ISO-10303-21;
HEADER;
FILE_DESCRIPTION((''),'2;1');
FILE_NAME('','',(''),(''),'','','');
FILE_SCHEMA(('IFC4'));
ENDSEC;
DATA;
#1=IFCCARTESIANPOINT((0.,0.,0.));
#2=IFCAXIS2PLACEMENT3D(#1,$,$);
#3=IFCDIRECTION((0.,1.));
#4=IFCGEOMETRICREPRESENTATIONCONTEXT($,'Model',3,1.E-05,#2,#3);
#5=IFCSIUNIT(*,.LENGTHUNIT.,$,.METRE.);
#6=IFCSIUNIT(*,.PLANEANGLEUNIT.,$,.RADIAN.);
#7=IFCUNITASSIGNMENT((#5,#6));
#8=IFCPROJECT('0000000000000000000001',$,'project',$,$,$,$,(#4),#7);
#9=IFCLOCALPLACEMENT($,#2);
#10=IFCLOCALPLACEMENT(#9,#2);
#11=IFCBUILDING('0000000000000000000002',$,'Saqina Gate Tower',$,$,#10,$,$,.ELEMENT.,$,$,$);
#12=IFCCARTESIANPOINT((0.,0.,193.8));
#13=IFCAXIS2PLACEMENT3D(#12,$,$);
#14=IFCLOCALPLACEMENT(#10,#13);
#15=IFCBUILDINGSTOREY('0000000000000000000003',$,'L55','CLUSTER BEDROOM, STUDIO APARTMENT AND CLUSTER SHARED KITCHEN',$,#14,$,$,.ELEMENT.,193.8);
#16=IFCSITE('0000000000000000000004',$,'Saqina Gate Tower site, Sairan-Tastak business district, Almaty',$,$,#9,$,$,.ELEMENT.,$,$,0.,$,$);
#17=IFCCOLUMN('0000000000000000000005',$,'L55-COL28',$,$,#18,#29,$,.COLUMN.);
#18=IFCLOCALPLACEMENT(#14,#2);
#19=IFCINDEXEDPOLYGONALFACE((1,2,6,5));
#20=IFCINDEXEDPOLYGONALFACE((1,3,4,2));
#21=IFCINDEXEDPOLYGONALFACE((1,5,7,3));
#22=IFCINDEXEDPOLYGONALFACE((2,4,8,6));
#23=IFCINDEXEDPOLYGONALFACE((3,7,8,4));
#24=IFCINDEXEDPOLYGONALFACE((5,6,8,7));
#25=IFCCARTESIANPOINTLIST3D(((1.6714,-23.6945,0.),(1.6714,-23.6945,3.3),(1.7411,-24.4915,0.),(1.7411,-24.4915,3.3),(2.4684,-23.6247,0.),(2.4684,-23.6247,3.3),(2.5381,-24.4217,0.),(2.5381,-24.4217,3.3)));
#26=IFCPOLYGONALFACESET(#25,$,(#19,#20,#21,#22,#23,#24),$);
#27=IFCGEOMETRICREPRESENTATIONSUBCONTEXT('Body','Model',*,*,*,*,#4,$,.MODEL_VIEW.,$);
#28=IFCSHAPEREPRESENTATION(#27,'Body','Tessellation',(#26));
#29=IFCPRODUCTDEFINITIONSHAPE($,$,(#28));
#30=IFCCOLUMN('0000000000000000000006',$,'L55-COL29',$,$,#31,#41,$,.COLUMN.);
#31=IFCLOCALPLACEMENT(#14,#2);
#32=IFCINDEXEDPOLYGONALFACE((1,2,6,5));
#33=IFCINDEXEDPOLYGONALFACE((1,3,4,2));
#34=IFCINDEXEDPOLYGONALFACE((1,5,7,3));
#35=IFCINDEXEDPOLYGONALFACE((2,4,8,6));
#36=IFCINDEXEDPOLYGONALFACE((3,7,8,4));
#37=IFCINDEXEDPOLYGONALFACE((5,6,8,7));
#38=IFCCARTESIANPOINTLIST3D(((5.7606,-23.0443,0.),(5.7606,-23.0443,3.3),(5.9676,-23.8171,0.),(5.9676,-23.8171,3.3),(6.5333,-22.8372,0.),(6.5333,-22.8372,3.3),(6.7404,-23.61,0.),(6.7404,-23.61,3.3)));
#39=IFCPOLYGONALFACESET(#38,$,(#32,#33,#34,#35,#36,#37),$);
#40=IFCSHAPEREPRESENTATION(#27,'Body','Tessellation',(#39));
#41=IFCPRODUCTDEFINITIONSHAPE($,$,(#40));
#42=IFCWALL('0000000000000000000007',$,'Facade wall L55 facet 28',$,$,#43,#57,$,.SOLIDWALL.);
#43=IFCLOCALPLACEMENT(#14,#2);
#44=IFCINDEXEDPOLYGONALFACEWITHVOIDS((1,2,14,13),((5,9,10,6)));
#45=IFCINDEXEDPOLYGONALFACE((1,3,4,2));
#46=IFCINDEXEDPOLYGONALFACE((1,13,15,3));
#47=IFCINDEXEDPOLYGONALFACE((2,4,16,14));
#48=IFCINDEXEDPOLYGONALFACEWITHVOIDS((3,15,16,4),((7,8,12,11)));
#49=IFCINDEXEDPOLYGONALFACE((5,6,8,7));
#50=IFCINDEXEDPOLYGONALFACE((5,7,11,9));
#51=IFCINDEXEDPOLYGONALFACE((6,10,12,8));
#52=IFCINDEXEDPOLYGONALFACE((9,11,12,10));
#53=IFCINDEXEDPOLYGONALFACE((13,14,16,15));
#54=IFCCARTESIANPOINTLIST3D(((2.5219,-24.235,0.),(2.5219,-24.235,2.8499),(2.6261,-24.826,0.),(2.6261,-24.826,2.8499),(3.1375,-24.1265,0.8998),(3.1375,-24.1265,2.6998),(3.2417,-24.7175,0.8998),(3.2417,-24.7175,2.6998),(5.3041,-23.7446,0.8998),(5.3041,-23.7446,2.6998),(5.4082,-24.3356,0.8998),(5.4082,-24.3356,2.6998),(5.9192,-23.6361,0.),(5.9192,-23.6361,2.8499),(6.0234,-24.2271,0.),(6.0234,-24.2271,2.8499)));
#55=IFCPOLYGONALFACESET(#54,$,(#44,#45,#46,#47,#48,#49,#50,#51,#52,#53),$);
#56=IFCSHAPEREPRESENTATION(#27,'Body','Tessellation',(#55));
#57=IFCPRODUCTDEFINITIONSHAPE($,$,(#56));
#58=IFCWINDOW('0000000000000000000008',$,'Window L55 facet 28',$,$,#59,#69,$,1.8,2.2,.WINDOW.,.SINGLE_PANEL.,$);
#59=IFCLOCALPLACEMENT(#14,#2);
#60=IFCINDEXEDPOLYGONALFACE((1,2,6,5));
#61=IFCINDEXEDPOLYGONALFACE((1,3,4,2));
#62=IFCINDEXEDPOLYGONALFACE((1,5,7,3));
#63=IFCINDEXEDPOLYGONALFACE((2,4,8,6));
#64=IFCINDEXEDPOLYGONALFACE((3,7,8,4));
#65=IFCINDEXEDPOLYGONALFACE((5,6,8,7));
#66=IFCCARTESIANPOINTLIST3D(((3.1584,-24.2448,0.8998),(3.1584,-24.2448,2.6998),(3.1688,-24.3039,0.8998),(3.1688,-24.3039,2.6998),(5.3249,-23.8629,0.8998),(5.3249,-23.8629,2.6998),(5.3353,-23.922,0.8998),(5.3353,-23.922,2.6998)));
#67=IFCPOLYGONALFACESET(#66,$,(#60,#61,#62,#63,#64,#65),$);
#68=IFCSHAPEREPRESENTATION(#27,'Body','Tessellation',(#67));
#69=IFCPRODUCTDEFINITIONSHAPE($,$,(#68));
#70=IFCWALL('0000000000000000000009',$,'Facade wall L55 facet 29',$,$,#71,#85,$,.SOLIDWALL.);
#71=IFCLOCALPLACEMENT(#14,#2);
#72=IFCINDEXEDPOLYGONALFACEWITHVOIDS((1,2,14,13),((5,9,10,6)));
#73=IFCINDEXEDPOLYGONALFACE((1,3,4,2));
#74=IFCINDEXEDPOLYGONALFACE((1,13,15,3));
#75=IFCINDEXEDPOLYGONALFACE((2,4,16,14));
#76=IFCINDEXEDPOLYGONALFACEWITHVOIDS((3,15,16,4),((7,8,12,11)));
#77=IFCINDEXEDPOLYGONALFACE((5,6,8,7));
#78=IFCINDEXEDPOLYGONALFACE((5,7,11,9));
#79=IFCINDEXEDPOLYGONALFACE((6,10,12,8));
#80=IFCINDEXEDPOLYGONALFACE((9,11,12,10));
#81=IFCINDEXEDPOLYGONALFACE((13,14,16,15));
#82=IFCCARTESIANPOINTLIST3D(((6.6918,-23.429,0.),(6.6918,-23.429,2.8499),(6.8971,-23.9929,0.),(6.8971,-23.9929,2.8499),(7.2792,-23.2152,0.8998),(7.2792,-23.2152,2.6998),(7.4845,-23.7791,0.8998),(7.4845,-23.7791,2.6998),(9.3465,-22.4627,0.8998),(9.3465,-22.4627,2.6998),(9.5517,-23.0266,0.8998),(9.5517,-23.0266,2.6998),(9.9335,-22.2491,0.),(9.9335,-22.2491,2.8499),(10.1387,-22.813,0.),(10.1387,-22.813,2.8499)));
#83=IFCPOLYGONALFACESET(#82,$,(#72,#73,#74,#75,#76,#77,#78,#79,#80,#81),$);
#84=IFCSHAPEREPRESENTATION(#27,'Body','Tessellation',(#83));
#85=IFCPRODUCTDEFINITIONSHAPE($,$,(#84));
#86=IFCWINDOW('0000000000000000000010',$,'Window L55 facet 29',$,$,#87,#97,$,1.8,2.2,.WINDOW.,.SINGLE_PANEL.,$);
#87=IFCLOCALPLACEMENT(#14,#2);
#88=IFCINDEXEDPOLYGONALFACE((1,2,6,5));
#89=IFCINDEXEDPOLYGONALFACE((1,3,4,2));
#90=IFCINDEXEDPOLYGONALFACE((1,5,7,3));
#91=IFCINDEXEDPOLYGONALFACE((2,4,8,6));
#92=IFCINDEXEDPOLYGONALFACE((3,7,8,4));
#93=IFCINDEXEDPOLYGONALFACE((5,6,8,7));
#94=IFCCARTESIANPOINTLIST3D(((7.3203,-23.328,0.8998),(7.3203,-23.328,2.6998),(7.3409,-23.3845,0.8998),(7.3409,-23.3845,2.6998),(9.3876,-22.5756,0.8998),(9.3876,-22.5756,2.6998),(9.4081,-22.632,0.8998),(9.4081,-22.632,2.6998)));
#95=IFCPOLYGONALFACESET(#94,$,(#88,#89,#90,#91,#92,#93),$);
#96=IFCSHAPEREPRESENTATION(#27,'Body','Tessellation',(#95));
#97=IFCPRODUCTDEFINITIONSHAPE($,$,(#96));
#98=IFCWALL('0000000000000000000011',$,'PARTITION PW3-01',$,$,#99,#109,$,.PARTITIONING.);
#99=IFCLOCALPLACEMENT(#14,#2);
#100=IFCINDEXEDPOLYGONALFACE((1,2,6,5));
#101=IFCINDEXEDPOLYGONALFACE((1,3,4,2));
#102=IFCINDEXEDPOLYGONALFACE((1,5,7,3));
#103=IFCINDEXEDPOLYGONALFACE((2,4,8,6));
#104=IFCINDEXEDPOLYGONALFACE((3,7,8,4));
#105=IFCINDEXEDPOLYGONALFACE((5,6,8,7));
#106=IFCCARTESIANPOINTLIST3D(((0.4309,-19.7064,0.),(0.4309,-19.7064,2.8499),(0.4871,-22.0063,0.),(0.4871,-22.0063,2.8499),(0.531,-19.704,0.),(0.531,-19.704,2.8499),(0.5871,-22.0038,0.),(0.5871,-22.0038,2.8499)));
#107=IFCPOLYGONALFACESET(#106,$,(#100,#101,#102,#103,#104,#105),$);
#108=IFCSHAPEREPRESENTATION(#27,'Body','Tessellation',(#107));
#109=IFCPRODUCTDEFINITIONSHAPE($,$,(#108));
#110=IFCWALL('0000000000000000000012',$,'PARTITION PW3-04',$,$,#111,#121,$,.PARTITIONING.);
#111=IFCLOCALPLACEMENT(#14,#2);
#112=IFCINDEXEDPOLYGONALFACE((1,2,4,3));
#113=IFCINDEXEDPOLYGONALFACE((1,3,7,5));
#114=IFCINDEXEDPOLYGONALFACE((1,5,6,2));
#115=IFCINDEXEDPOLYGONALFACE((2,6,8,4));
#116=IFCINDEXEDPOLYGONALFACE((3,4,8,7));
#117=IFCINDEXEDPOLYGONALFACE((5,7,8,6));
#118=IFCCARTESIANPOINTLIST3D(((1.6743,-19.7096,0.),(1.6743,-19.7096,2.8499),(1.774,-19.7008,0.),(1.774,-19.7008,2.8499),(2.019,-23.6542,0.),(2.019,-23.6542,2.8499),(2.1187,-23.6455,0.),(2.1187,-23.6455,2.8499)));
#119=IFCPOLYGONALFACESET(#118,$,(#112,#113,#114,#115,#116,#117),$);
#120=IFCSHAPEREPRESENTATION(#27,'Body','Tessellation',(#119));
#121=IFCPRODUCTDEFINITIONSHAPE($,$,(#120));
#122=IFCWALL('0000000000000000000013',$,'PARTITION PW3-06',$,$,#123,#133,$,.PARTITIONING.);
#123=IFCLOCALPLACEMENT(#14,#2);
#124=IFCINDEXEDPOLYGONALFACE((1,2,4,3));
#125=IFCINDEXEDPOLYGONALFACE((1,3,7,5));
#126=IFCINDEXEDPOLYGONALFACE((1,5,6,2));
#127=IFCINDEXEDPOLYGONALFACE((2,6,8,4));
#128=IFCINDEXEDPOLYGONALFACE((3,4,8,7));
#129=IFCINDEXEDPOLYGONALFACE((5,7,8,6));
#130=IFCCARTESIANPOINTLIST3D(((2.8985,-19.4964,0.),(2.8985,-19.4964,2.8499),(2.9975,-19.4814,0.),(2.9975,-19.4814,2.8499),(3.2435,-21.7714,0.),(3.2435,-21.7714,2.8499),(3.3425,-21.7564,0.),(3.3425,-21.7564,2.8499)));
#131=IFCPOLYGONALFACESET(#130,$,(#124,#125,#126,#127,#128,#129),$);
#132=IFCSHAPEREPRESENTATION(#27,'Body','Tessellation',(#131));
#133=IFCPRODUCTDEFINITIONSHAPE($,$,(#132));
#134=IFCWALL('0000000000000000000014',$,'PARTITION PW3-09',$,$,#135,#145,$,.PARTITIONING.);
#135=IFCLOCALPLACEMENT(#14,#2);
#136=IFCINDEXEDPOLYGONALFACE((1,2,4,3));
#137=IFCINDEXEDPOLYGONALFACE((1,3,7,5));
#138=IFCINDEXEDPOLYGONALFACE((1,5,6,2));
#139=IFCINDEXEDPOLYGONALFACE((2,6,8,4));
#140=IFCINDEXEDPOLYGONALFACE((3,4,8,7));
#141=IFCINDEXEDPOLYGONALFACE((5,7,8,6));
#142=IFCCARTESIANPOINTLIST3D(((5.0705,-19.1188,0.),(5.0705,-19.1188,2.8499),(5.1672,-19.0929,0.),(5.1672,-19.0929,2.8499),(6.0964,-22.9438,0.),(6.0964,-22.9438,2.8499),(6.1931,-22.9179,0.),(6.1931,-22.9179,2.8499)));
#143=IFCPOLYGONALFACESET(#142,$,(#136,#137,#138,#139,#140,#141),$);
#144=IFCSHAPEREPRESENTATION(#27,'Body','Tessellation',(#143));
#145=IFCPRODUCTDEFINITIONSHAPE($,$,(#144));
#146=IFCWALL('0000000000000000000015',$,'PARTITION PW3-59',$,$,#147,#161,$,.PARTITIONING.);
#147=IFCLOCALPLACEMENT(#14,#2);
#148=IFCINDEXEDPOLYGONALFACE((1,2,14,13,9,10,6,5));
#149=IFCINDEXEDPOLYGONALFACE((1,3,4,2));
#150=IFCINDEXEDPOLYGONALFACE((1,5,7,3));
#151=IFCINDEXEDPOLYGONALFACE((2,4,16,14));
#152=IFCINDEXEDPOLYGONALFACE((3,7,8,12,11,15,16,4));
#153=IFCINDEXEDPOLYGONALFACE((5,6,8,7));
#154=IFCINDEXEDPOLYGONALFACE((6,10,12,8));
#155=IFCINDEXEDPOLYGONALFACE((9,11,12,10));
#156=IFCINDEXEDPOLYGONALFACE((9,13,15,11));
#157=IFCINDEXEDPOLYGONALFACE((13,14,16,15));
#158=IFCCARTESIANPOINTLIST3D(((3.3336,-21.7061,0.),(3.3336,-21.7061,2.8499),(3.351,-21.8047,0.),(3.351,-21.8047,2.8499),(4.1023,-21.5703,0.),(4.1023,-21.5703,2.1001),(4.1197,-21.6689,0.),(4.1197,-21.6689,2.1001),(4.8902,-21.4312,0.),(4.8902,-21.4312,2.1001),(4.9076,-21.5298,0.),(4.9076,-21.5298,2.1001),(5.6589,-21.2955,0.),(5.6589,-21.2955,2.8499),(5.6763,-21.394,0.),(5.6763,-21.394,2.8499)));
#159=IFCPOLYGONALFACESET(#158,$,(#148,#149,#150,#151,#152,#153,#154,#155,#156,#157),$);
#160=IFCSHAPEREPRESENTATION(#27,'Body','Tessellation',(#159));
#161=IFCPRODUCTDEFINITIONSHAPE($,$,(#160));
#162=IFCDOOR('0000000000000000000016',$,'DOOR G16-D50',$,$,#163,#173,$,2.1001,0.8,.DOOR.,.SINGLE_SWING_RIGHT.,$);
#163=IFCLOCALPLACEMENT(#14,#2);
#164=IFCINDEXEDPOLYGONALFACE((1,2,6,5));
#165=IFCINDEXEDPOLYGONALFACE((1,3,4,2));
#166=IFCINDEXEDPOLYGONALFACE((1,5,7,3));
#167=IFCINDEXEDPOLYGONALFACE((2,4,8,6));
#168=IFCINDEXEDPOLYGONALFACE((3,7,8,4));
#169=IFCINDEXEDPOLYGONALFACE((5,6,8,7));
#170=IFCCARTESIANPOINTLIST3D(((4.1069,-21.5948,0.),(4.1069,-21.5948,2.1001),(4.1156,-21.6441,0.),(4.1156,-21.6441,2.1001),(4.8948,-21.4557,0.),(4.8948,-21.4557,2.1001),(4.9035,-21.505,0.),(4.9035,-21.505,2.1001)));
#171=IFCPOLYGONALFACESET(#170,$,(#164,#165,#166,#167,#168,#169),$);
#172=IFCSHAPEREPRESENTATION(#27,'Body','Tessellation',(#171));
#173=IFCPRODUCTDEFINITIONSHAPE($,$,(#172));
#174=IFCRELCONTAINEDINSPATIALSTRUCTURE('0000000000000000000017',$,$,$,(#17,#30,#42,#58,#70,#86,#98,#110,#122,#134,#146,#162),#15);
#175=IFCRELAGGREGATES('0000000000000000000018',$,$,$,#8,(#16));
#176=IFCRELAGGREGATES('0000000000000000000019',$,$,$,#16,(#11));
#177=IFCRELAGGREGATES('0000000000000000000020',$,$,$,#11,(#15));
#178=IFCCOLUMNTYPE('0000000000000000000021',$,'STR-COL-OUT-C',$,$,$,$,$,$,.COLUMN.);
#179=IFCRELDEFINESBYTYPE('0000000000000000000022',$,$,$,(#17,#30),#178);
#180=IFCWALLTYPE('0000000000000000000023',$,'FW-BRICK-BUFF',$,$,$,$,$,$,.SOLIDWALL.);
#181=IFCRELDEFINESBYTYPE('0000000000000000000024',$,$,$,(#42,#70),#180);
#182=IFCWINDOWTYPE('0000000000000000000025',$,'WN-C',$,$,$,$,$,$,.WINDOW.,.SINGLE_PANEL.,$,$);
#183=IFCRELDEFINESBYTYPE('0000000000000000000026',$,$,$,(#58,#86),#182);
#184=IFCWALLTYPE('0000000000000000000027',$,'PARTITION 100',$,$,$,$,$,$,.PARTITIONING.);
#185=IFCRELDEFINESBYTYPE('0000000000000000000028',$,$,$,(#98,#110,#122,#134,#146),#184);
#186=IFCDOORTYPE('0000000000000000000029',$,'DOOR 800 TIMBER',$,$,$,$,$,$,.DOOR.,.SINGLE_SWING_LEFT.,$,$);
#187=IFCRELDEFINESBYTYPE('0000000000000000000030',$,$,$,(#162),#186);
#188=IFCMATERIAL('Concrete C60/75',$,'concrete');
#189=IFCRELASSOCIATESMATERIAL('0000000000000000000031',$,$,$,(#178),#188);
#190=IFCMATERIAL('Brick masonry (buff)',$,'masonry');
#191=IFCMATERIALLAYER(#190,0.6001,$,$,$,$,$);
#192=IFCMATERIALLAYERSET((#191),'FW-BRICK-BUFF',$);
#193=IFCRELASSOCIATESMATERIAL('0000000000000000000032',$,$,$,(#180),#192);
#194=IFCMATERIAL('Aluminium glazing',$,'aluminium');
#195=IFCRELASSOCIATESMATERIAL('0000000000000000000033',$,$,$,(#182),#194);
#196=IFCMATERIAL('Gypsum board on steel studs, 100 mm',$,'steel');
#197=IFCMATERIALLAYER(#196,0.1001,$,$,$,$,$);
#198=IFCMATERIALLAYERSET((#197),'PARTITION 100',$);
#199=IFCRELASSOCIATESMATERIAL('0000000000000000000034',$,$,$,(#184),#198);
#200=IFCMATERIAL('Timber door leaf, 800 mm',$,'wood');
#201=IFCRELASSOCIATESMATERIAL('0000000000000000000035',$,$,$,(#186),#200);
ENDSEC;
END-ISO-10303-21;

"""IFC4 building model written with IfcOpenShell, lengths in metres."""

from ifc_helpers import new_model, si_unit, direction, frame, frame_2d, origin, origin_2d, place, context, subcontext, project, spatial, rectangle, extrude, material, layer, layer_set, material_profile, profile_set, type_object, element, fill, save


model = new_model("IFC4")

# Units and contexts
model_context = context("Model", 3, precision=1e-05, world=origin(), true_north=direction((0.0, 1.0)))
body_context = subcontext(model_context, "Body", "Model", "MODEL_VIEW")
ifc_project = project(units=[si_unit("LENGTHUNIT", "METRE"), si_unit("PLANEANGLEUNIT", "RADIAN")], contexts=[model_context])

# Site, building, storey
site_placement = place(None, origin())
site = spatial("IfcSite", under=ifc_project, at=site_placement, Name="Saqina Gate Tower site, Sairan-Tastak business district, Almaty", CompositionType="ELEMENT", RefElevation=0.0)
building_placement = place(site_placement, origin())
building = spatial("IfcBuilding", under=site, at=building_placement, Name="Saqina Gate Tower", CompositionType="ELEMENT")
storey_placement = place(building_placement, frame((0.0, 0.0, 193.8)))
storey = spatial("IfcBuildingStorey", under=building, at=storey_placement, Name="L55", Description="CLUSTER BEDROOM, STUDIO APARTMENT AND CLUSTER SHARED KITCHEN", CompositionType="ELEMENT", Elevation=193.8)

# Columns
ifc_material_1 = material(Name="Concrete C60/75", Category="concrete")
ifc_material_profile = material_profile(ifc_material_1, rectangle(XDim=0.8, YDim=0.8, at=origin_2d()), Name="RC 800x800")
ifc_profile_set = profile_set([ifc_material_profile], Name="Concrete C60/75")
column_type = type_object("IfcColumnType", Name="STR-COL-OUT-C", PredefinedType="COLUMN", material=ifc_profile_set)
for number, where, z_axis, x_axis, name in (
    (1, (2.1047, -24.0581, 0.0), (0.0, 0.0, 1.0), (0.087156, -0.996195, 0.0), "L55-COL28"),
    (2, (6.2505, -23.3271, 0.0), (0.0, 0.0, 1.0), (0.258819, -0.965926, 0.0), "L55-COL29"),
):
    element("IfcColumn", number, at=place(storey_placement, frame(where, z_axis=z_axis, x_axis=x_axis)), inside=storey, type_object=column_type, Name=name, PredefinedType="COLUMN", context=body_context, shape_type="SweptSolid", body=[
        extrude(rectangle(XDim=0.8, YDim=0.8, at=origin_2d()), origin(), (0.0, 0.0, 1.0), 3.3),
    ])

# Walls, openings, windows
ifc_material_2 = material(Name="Brick masonry (buff)", Category="masonry")
ifc_layer_1 = layer(ifc_material_2, 0.6001)
ifc_layer_set_1 = layer_set([ifc_layer_1], Name="FW-BRICK-BUFF")
wall_type_1 = type_object("IfcWallType", Name="FW-BRICK-BUFF", PredefinedType="SOLIDWALL", material=ifc_layer_set_1)
wall_1_placement = place(storey_placement, frame((2.574, -24.5305, 0.0), z_axis=(0.0, 0.0, 1.0), x_axis=(0.984815, 0.173608, 0.0)))
wall_1 = element("IfcWall", 3, at=wall_1_placement, inside=storey, type_object=wall_type_1, Name="Facade wall L55 facet 28", PredefinedType="SOLIDWALL", context=body_context, shape_type="SweptSolid", body=[
    extrude(rectangle(XDim=3.4497, YDim=0.6001, at=frame_2d((1.7249, 0.0))), origin(), (0.0, 0.0, 1.0), 2.8499),
])
opening_1_placement = place(wall_1_placement, frame((0.625, 0.0, 0.8999)))
opening_1 = element("IfcOpeningElement", 4, at=opening_1_placement, cuts=wall_1, PredefinedType="OPENING", context=body_context, shape_type="SweptSolid", body=[
    extrude(rectangle(XDim=2.2, YDim=1.8, at=frame_2d((1.1001, 0.8999))), frame((0.0, 0.312, 0.0), z_axis=(0.0, -1.0, 0.0), x_axis=(1.0, 0.0, 0.0)), (0.0, 0.0, 1.0), 0.624),
])
ifc_material_3 = material(Name="Aluminium glazing", Category="aluminium")
window_type = type_object("IfcWindowType", Name="WN-C", PartitioningType="SINGLE_PANEL", PredefinedType="WINDOW", material=ifc_material_3)
window_1_placement = place(opening_1_placement, origin())
window_1 = element("IfcWindow", 5, at=window_1_placement, inside=storey, type_object=window_type, Name="Window L55 facet 28", OverallHeight=1.8, OverallWidth=2.2, PartitioningType="SINGLE_PANEL", PredefinedType="WINDOW", context=body_context, shape_type="SweptSolid", body=[
    extrude(rectangle(XDim=2.2, YDim=1.8, at=frame_2d((1.1001, 0.8999))), frame((0.0, 0.1799, 0.0), z_axis=(0.0, -1.0, 0.0), x_axis=(1.0, 0.0, 0.0)), (0.0, 0.0, 1.0), 0.0601),
])
fill(opening_1, window_1)
wall_2_placement = place(storey_placement, frame((6.7944, -23.7109, 0.0), z_axis=(0.0, 0.0, 1.0), x_axis=(0.939688, 0.342033, 0.0)))
wall_2 = element("IfcWall", 6, at=wall_2_placement, inside=storey, type_object=wall_type_1, Name="Facade wall L55 facet 29", PredefinedType="SOLIDWALL", context=body_context, shape_type="SweptSolid", body=[
    extrude(rectangle(XDim=3.4497, YDim=0.6001, at=frame_2d((1.7249, 0.0))), origin(), (0.0, 0.0, 1.0), 2.8499),
])
opening_2_placement = place(wall_2_placement, frame((0.625, 0.0, 0.8999)))
opening_2 = element("IfcOpeningElement", 7, at=opening_2_placement, cuts=wall_2, PredefinedType="OPENING", context=body_context, shape_type="SweptSolid", body=[
    extrude(rectangle(XDim=2.2, YDim=1.8, at=frame_2d((1.1001, 0.8999))), frame((0.0, 0.312, 0.0), z_axis=(0.0, -1.0, 0.0), x_axis=(1.0, 0.0, 0.0)), (0.0, 0.0, 1.0), 0.624),
])
window_2_placement = place(opening_2_placement, origin())
window_2 = element("IfcWindow", 8, at=window_2_placement, inside=storey, type_object=window_type, Name="Window L55 facet 29", OverallHeight=1.8, OverallWidth=2.2, PartitioningType="SINGLE_PANEL", PredefinedType="WINDOW", context=body_context, shape_type="SweptSolid", body=[
    extrude(rectangle(XDim=2.2, YDim=1.8, at=frame_2d((1.1001, 0.8999))), frame((0.0, 0.1799, 0.0), z_axis=(0.0, -1.0, 0.0), x_axis=(1.0, 0.0, 0.0)), (0.0, 0.0, 1.0), 0.0601),
])
fill(opening_2, window_2)

# Walls
ifc_material_4 = material(Name="Gypsum board on steel studs, 100 mm", Category="steel")
ifc_layer_2 = layer(ifc_material_4, 0.1001)
ifc_layer_set_2 = layer_set([ifc_layer_2], Name="PARTITION 100")
wall_type_2 = type_object("IfcWallType", Name="PARTITION 100", PredefinedType="PARTITIONING", material=ifc_layer_set_2)
wall_3_placement = place(storey_placement, frame((0.481, -19.7051, 0.0), z_axis=(0.0, 0.0, 1.0), x_axis=(0.024409, -0.999702, 0.0)))
element("IfcWall", 9, at=wall_3_placement, inside=storey, type_object=wall_type_2, Name="PARTITION PW3-01", PredefinedType="PARTITIONING", context=body_context, shape_type="SweptSolid", body=[
    extrude(rectangle(XDim=2.3005, YDim=0.1001, at=frame_2d((1.1504, 0.0))), origin(), (0.0, 0.0, 1.0), 2.8499),
])
wall_4_placement = place(storey_placement, frame((1.7241, -19.7051, 0.0), z_axis=(0.0, 0.0, 1.0), x_axis=(0.087061, -0.996203, 0.0)))
element("IfcWall", 10, at=wall_4_placement, inside=storey, type_object=wall_type_2, Name="PARTITION PW3-04", PredefinedType="PARTITIONING", context=body_context, shape_type="SweptSolid", body=[
    extrude(rectangle(XDim=3.9597, YDim=0.1001, at=frame_2d((1.98, 0.0))), origin(), (0.0, 0.0, 1.0), 2.8499),
])
wall_5_placement = place(storey_placement, frame((2.948, -19.489, 0.0), z_axis=(0.0, 0.0, 1.0), x_axis=(0.149928, -0.988697, 0.0)))
element("IfcWall", 11, at=wall_5_placement, inside=storey, type_object=wall_type_2, Name="PARTITION PW3-06", PredefinedType="PARTITIONING", context=body_context, shape_type="SweptSolid", body=[
    extrude(rectangle(XDim=2.301, YDim=0.1001, at=frame_2d((1.1504, 0.0))), origin(), (0.0, 0.0, 1.0), 2.8499),
])
wall_6_placement = place(storey_placement, frame((5.1189, -19.106, 0.0), z_axis=(0.0, 0.0, 1.0), x_axis=(0.259051, -0.965864, 0.0)))
element("IfcWall", 12, at=wall_6_placement, inside=storey, type_object=wall_type_2, Name="PARTITION PW3-09", PredefinedType="PARTITIONING", context=body_context, shape_type="SweptSolid", body=[
    extrude(rectangle(XDim=3.9602, YDim=0.1001, at=frame_2d((1.98, 0.0))), origin(), (0.0, 0.0, 1.0), 2.8499),
])

# Wall, opening, door
wall_7_placement = place(storey_placement, frame((3.3423, -21.7554, 0.0), z_axis=(0.0, 0.0, 1.0), x_axis=(0.984764, 0.173897, 0.0)))
wall_7 = element("IfcWall", 13, at=wall_7_placement, inside=storey, type_object=wall_type_2, Name="PARTITION PW3-59", PredefinedType="PARTITIONING", context=body_context, shape_type="SweptSolid", body=[
    extrude(rectangle(XDim=2.3613, YDim=0.1001, at=frame_2d((1.1807, 0.0))), origin(), (0.0, 0.0, 1.0), 2.8499),
])
opening_3_placement = place(wall_7_placement, frame((0.7808, 0.0, 0.0)))
opening_3 = element("IfcOpeningElement", 14, at=opening_3_placement, cuts=wall_7, PredefinedType="OPENING", context=body_context, shape_type="SweptSolid", body=[
    extrude(rectangle(XDim=0.8, YDim=2.1001, at=frame_2d((0.3999, 1.05))), frame((0.0, 0.062, 0.0), z_axis=(0.0, -1.0, 0.0), x_axis=(1.0, 0.0, 0.0)), (0.0, 0.0, 1.0), 0.124),
])
ifc_material_5 = material(Name="Timber door leaf, 800 mm", Category="wood")
door_type_1 = type_object("IfcDoorType", Name="DOOR 800 TIMBER", OperationType="SINGLE_SWING_LEFT", PredefinedType="DOOR", material=ifc_material_5)
door_1_placement = place(opening_3_placement, frame((0.8, 0.0, 0.0), z_axis=(0.0, 0.0, 1.0), x_axis=(-1.0, 0.0, 0.0)))
door_1 = element("IfcDoor", 15, at=door_1_placement, inside=storey, type_object=door_type_1, Name="DOOR G16-D50", OperationType="SINGLE_SWING_RIGHT", OverallHeight=2.1001, OverallWidth=0.8, PredefinedType="DOOR", context=body_context, shape_type="SweptSolid", body=[
    extrude(rectangle(XDim=0.8, YDim=2.1001, at=frame_2d((0.3999, 1.05))), frame((0.0, 0.0249, 0.0), z_axis=(0.0, -1.0, 0.0), x_axis=(1.0, 0.0, 0.0)), (0.0, 0.0, 1.0), 0.05),
])
fill(opening_3, door_1)

save(model, "model.ifc")
